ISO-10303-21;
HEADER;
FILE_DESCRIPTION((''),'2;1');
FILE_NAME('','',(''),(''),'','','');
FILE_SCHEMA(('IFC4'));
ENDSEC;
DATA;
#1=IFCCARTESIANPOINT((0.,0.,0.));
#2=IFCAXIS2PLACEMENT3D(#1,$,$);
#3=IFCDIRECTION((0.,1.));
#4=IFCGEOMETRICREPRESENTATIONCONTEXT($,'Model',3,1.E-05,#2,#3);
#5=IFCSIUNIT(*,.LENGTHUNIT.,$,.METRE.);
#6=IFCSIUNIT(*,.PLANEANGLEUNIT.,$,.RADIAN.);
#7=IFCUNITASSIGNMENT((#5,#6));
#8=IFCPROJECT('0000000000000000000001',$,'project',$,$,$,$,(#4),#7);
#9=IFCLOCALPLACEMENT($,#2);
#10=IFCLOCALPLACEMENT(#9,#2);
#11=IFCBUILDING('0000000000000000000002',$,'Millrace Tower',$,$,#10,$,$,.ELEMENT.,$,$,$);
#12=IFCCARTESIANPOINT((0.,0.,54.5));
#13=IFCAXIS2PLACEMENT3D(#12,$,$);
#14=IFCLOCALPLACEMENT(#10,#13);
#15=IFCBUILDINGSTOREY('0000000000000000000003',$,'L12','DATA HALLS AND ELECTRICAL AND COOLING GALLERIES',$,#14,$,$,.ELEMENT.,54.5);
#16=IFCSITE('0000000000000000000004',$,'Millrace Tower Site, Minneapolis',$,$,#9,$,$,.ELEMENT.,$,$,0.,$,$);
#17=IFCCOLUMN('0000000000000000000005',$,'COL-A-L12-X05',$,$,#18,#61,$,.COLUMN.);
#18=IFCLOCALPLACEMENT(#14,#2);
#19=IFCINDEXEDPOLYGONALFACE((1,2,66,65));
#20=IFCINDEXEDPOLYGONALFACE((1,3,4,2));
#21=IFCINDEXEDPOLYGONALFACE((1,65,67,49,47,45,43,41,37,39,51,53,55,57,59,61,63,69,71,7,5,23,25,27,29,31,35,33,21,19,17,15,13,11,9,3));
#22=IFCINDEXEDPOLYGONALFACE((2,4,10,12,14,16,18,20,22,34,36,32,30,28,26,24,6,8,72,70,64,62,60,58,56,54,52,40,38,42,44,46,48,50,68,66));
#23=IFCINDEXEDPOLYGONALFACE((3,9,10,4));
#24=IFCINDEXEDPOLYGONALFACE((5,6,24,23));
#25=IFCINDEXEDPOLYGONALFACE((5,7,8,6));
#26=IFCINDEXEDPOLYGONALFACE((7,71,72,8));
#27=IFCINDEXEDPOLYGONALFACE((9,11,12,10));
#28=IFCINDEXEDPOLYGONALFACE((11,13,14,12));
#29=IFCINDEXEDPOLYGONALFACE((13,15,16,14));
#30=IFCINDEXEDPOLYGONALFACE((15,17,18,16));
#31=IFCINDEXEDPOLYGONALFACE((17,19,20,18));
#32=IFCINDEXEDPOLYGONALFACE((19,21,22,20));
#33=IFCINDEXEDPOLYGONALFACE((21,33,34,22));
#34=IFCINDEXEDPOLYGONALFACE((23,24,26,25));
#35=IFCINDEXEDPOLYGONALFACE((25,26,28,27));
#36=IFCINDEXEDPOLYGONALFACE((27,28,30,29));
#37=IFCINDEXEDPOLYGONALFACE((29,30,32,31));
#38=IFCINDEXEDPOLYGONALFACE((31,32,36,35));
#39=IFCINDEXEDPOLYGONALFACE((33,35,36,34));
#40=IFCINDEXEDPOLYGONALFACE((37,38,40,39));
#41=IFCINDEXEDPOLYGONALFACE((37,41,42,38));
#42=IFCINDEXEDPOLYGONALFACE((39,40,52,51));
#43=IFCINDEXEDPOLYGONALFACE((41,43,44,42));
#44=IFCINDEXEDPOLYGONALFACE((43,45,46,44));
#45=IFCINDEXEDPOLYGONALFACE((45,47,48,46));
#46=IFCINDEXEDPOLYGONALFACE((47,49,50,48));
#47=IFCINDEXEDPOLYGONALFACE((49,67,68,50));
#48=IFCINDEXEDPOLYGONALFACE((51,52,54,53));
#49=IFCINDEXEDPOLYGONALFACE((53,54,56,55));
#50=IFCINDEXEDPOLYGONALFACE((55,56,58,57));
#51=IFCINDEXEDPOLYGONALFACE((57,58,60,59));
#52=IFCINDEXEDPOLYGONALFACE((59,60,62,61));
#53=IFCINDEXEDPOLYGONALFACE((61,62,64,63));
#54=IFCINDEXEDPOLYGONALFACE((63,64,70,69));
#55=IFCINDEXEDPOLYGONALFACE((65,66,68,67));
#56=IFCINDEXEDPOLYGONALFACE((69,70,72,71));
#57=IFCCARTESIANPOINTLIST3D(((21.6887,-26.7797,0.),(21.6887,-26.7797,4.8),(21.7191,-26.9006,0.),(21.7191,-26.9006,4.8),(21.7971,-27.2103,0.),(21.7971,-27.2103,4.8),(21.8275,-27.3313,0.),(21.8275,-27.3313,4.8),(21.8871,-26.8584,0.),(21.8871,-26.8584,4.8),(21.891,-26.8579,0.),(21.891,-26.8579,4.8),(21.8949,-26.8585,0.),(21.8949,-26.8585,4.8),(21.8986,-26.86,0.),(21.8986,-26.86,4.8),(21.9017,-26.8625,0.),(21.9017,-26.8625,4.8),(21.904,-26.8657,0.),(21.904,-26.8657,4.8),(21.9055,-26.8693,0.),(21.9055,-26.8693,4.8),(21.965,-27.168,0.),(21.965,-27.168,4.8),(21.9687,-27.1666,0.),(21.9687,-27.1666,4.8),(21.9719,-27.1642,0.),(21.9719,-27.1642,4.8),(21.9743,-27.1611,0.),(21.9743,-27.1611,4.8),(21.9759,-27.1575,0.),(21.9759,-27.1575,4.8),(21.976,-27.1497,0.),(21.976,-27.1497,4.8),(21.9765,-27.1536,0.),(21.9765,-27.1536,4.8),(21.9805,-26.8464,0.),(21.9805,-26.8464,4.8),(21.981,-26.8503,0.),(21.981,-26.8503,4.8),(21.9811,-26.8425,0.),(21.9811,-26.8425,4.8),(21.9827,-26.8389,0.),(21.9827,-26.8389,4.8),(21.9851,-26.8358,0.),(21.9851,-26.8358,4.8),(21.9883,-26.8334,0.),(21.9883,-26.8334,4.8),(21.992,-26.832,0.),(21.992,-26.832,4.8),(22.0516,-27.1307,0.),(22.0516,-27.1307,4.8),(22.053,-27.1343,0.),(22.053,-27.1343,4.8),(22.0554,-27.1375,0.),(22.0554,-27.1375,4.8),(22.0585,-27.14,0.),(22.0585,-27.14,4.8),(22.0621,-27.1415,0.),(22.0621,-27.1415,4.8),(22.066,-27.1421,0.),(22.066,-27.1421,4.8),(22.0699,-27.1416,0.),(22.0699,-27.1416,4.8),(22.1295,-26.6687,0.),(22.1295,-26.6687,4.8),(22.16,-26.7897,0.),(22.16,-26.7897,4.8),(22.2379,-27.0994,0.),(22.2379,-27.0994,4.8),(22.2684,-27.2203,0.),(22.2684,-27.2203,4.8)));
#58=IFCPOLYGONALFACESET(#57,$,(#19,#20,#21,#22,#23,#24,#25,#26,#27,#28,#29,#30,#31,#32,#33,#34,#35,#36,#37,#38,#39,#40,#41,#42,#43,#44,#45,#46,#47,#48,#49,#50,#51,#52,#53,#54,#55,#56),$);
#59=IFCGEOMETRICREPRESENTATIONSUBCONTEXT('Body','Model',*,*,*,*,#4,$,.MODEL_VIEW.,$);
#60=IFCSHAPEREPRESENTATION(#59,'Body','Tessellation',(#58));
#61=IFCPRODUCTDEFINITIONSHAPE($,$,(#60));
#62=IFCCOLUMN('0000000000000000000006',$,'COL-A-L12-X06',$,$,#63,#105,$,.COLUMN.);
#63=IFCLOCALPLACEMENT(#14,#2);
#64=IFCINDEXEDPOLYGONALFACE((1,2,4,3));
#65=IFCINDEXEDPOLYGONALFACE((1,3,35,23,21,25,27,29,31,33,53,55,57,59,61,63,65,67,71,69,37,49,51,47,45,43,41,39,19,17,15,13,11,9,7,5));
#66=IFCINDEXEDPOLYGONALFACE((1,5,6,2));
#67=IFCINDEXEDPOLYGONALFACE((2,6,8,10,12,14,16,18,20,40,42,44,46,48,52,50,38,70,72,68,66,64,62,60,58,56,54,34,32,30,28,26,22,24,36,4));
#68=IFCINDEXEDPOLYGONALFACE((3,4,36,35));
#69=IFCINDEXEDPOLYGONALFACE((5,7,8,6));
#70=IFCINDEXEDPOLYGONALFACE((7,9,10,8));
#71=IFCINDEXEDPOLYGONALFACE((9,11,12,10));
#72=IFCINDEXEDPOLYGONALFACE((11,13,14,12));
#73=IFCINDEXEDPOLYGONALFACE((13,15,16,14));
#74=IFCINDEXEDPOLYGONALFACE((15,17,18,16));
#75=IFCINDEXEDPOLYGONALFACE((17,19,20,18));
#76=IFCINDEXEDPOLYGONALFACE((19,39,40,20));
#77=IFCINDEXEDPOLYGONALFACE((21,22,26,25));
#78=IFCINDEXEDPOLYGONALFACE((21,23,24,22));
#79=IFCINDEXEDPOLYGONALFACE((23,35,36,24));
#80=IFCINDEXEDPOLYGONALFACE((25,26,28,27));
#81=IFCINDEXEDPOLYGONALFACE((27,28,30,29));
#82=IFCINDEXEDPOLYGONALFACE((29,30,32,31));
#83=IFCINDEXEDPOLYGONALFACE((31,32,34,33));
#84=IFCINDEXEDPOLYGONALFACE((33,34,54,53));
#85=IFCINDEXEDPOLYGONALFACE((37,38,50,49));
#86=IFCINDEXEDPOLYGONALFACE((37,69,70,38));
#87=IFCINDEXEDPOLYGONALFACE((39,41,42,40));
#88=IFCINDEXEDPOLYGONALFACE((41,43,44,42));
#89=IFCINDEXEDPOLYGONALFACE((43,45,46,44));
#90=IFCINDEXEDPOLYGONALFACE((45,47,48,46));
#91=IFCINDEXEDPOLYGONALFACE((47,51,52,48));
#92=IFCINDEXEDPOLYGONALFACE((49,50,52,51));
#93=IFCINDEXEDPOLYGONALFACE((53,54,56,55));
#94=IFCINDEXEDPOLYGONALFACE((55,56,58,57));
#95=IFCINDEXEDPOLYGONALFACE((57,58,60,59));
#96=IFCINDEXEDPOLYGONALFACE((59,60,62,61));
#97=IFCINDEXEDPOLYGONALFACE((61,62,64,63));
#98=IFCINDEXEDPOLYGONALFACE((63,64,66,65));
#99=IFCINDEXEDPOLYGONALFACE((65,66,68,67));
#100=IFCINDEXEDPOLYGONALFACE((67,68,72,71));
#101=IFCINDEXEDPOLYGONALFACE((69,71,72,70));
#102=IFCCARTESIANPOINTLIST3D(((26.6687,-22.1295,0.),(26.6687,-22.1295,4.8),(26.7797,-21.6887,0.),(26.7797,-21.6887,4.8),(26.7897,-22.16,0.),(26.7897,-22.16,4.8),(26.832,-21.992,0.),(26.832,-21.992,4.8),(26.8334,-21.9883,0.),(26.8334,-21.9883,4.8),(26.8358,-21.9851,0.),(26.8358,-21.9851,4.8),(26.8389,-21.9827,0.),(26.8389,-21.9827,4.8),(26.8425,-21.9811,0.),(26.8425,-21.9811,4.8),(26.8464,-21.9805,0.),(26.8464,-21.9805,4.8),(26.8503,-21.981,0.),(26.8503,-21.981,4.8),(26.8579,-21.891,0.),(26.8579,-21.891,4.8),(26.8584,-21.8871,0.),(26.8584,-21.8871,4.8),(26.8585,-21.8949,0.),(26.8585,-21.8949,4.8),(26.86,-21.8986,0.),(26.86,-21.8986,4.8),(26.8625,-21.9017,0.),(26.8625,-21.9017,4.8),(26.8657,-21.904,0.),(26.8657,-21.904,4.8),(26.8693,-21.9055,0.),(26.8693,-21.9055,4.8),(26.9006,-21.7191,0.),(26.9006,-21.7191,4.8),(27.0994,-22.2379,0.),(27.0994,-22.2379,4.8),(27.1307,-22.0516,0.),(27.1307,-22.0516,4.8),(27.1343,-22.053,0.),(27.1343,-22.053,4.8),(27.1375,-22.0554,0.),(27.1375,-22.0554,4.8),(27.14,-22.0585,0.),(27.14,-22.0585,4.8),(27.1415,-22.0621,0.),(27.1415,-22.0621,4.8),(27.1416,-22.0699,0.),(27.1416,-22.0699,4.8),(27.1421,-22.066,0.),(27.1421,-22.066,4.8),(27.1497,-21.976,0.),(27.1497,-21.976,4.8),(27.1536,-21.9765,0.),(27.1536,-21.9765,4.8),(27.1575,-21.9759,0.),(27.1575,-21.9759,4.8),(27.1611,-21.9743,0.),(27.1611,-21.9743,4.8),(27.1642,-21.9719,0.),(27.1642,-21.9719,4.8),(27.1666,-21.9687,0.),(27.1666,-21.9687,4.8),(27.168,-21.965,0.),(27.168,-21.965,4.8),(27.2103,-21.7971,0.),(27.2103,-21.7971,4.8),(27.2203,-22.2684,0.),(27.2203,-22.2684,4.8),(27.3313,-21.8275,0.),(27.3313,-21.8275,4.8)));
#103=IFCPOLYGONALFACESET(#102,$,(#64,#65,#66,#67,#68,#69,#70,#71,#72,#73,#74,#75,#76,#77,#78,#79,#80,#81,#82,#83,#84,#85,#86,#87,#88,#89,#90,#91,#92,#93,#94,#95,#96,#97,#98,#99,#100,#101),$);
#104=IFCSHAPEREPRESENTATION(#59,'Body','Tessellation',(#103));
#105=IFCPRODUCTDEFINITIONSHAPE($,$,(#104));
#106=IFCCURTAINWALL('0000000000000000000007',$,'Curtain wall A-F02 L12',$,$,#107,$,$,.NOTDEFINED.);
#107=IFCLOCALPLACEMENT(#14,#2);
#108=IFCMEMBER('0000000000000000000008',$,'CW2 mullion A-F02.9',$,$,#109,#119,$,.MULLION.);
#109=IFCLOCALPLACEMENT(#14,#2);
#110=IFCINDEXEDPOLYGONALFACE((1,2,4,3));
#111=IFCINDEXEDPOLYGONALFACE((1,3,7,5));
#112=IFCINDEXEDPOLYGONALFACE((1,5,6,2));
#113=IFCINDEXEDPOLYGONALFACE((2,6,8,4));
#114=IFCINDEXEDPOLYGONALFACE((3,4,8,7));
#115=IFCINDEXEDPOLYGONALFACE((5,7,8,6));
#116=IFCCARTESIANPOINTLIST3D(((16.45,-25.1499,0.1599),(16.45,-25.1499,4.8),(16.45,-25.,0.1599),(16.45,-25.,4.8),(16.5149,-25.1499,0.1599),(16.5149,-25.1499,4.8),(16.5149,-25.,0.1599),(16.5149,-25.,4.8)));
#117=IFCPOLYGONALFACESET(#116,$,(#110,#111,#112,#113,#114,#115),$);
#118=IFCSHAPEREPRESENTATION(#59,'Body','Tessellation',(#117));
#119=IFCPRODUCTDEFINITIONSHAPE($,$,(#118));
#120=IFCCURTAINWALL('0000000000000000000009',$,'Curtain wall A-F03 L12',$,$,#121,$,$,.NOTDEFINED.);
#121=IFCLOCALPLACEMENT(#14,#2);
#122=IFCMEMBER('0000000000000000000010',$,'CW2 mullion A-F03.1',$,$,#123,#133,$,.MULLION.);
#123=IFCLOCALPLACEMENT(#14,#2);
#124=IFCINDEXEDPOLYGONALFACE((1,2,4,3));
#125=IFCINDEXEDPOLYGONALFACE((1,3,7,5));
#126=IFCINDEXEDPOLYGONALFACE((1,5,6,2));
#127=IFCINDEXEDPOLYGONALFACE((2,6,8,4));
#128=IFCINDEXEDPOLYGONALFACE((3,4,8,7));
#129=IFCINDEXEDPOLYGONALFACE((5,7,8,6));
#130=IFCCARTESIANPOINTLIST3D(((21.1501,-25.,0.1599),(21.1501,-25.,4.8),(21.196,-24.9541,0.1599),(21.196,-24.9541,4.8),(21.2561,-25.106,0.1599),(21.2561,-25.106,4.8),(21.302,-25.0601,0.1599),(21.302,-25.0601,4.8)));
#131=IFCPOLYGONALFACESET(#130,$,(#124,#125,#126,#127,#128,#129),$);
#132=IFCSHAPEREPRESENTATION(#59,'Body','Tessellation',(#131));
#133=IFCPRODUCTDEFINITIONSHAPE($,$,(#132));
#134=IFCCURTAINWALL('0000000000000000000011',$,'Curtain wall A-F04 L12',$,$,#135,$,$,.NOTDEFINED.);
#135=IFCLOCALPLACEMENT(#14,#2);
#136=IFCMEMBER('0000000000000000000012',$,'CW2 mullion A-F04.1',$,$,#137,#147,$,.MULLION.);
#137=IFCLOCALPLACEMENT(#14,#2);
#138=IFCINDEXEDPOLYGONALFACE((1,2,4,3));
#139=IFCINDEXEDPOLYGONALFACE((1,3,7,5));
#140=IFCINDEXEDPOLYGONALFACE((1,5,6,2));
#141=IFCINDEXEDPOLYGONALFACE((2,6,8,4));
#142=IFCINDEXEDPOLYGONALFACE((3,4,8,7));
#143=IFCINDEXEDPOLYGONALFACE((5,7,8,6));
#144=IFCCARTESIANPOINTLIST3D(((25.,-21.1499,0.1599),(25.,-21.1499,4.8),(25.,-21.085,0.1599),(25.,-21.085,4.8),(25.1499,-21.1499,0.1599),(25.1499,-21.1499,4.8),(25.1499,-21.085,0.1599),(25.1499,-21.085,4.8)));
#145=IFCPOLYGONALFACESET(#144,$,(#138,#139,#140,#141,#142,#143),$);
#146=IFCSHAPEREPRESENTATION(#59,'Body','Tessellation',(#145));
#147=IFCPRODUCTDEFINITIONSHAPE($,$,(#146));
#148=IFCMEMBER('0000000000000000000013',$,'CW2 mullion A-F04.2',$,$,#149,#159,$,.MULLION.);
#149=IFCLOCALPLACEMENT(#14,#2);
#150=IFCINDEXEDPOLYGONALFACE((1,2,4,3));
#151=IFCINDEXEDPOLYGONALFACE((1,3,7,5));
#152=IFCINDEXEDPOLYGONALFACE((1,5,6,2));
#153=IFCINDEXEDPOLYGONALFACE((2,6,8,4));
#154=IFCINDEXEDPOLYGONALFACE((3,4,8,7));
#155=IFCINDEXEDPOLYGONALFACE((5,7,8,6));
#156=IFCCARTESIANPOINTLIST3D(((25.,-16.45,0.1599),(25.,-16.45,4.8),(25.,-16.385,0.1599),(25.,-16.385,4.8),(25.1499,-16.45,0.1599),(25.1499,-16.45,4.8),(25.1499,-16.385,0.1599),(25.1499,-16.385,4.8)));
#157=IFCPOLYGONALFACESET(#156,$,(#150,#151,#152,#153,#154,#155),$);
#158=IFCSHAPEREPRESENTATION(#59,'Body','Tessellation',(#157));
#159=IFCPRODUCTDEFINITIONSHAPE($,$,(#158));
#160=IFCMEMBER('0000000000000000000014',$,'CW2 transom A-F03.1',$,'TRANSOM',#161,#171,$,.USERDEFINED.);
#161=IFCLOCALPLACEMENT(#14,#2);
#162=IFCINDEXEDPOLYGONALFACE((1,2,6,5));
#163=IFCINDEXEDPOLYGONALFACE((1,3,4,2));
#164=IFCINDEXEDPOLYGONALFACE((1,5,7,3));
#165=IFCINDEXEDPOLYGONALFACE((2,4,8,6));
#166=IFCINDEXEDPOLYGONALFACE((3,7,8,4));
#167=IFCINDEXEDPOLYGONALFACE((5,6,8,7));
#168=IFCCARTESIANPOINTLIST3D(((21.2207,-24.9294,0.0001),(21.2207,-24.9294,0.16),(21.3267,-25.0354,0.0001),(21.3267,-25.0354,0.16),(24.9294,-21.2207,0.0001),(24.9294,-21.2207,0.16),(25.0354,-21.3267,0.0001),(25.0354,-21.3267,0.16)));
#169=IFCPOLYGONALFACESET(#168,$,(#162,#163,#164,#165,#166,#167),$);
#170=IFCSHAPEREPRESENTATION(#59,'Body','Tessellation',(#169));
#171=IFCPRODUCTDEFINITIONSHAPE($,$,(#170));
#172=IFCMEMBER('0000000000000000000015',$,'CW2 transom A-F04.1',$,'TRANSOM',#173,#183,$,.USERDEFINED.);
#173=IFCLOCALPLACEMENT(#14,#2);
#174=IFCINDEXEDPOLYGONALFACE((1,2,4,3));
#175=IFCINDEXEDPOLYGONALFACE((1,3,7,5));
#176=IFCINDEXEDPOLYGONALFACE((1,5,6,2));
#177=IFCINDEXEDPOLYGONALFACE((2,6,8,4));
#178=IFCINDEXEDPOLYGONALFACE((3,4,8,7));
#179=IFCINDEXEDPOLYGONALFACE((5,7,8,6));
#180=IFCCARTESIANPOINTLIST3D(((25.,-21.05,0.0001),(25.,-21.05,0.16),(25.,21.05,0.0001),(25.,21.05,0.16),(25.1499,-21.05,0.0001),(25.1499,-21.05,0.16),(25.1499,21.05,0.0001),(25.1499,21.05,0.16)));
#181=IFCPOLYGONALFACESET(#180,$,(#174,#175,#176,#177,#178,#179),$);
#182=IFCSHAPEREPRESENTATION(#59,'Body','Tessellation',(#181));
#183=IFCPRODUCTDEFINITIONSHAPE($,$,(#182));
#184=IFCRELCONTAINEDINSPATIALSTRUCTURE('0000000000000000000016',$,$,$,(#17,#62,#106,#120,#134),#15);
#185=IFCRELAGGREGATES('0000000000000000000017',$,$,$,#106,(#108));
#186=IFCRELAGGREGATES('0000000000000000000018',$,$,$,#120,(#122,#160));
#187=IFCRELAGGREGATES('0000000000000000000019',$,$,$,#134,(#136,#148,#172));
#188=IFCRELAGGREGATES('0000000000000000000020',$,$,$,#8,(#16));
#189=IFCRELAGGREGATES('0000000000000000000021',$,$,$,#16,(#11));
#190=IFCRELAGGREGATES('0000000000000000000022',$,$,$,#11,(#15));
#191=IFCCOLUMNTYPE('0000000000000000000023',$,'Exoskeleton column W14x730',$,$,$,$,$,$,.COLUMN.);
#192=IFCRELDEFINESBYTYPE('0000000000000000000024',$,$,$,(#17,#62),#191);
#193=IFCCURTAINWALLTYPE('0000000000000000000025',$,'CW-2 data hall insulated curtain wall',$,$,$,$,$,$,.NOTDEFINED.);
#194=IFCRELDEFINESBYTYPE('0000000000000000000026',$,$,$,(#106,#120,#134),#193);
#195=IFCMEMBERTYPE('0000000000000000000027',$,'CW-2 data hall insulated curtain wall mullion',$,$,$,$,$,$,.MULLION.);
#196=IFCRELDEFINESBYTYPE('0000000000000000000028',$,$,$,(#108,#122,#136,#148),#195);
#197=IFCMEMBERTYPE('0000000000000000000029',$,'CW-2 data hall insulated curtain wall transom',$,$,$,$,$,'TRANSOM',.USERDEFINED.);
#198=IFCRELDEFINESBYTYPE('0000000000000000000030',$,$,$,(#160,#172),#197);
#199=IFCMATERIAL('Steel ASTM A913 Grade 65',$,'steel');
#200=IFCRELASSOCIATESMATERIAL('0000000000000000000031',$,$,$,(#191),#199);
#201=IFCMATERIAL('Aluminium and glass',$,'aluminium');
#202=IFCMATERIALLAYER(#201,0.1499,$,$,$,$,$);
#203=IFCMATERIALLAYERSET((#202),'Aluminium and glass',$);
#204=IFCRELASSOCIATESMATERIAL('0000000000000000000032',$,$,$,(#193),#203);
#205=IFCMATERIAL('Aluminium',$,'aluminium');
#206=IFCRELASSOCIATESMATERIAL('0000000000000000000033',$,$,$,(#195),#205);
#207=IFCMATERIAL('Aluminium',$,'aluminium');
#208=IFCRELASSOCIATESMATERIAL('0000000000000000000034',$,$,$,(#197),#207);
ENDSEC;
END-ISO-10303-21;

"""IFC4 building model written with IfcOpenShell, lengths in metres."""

from ifc_helpers import new_model, si_unit, direction, frame, origin, origin_2d, place, context, subcontext, project, spatial, rectangle, i_section, extrude, material, layer, layer_set, material_profile, profile_set, type_object, element, aggregate, save


model = new_model("IFC4")

# Units and contexts
model_context = context("Model", 3, precision=1e-05, world=origin(), true_north=direction((0.0, 1.0)))
body_context = subcontext(model_context, "Body", "Model", "MODEL_VIEW")
ifc_project = project(units=[si_unit("LENGTHUNIT", "METRE"), si_unit("PLANEANGLEUNIT", "RADIAN")], contexts=[model_context])

# Site, building, storey
site_placement = place(None, origin())
site = spatial("IfcSite", under=ifc_project, at=site_placement, Name="Millrace Tower Site, Minneapolis", CompositionType="ELEMENT", RefElevation=0.0)
building_placement = place(site_placement, origin())
building = spatial("IfcBuilding", under=site, at=building_placement, Name="Millrace Tower", CompositionType="ELEMENT")
storey_placement = place(building_placement, frame((0.0, 0.0, 54.5)))
storey = spatial("IfcBuildingStorey", under=building, at=storey_placement, Name="L12", Description="DATA HALLS AND ELECTRICAL AND COOLING GALLERIES", CompositionType="ELEMENT", Elevation=54.5)

# Columns
ifc_material_1 = material(Name="Steel ASTM A913 Grade 65", Category="steel")
ifc_material_profile_1 = material_profile(ifc_material_1, i_section(OverallWidth=0.4546, OverallDepth=0.5688, WebThickness=0.0779, FlangeThickness=0.1248, FilletRadius=0.0151, at=origin_2d()))
ifc_profile_set_1 = profile_set([ifc_material_profile_1], Name="Steel ASTM A913 Grade 65")
column_type = type_object("IfcColumnType", Name="Exoskeleton column W14x730", PredefinedType="COLUMN", material=ifc_profile_set_1)
for number, where, z_axis, x_axis, name in (
    (1, (21.9785, -27.0, 0.0), (0.0, 0.0, 1.0), (0.969752, 0.244094, 0.0), "COL-A-L12-X05"),
    (2, (27.0, -21.9785, 0.0), (0.0, 0.0, 1.0), (0.244094, 0.969752, 0.0), "COL-A-L12-X06"),
):
    element("IfcColumn", number, at=place(storey_placement, frame(where, z_axis=z_axis, x_axis=x_axis)), inside=storey, type_object=column_type, Name=name, PredefinedType="COLUMN", context=body_context, shape_type="SweptSolid", body=[
        extrude(i_section(OverallWidth=0.4546, OverallDepth=0.5688, WebThickness=0.0779, FlangeThickness=0.1248, FilletRadius=0.0151, at=origin_2d()), origin(), (0.0, 0.0, 1.0), 4.8),
    ])

# Curtain walls, members
ifc_material_2 = material(Name="Aluminium and glass", Category="aluminium")
ifc_layer_1 = layer(ifc_material_2, 0.1499)
ifc_layer_set_1 = layer_set([ifc_layer_1], Name="Aluminium and glass")
curtain_wall_type = type_object("IfcCurtainWallType", Name="CW-2 data hall insulated curtain wall", PredefinedType="NOTDEFINED", material=ifc_layer_set_1)
placement = place(storey_placement, origin())
curtain_wall_1 = element("IfcCurtainWall", 3, at=placement, inside=storey, type_object=curtain_wall_type, Name="Curtain wall A-F02 L12", PredefinedType="NOTDEFINED")
ifc_material_3 = material(Name="Aluminium", Category="aluminium")
ifc_material_profile_2 = material_profile(ifc_material_3, rectangle(XDim=0.0649, YDim=0.1499, at=origin_2d()))
ifc_profile_set_2 = profile_set([ifc_material_profile_2], Name="Aluminium")
member_type_1 = type_object("IfcMemberType", Name="CW-2 data hall insulated curtain wall mullion", PredefinedType="MULLION", material=ifc_profile_set_2)
member_1_placement = place(storey_placement, frame((16.4824, -25.075, 0.1599), z_axis=(0.0, 0.0, 1.0), x_axis=(1.0, 0.0, 0.0)))
member_1 = element("IfcMember", 4, at=member_1_placement, type_object=member_type_1, Name="CW2 mullion A-F02.9", PredefinedType="MULLION", context=body_context, shape_type="SweptSolid", body=[
    extrude(rectangle(XDim=0.0649, YDim=0.1499, at=origin_2d()), origin(), (0.0, 0.0, 1.0), 4.6401),
])
aggregate(curtain_wall_1, [member_1])
curtain_wall_2 = element("IfcCurtainWall", 5, at=placement, inside=storey, type_object=curtain_wall_type, Name="Curtain wall A-F03 L12", PredefinedType="NOTDEFINED")
member_2_placement = place(storey_placement, frame((21.2261, -25.03, 0.1599), z_axis=(0.0, 0.0, 1.0), x_axis=(0.707107, 0.707107, 0.0)))
member_2 = element("IfcMember", 6, at=member_2_placement, type_object=member_type_1, Name="CW2 mullion A-F03.1", PredefinedType="MULLION", context=body_context, shape_type="SweptSolid", body=[
    extrude(rectangle(XDim=0.0649, YDim=0.1499, at=origin_2d()), origin(), (0.0, 0.0, 1.0), 4.6401),
])

# Curtain wall, members
curtain_wall_3 = element("IfcCurtainWall", 7, at=placement, inside=storey, type_object=curtain_wall_type, Name="Curtain wall A-F04 L12", PredefinedType="NOTDEFINED")
member_3_placement = place(storey_placement, frame((25.075, -21.1174, 0.1599), z_axis=(0.0, 0.0, 1.0), x_axis=(0.0, 1.0, 0.0)))
member_3 = element("IfcMember", 8, at=member_3_placement, type_object=member_type_1, Name="CW2 mullion A-F04.1", PredefinedType="MULLION", context=body_context, shape_type="SweptSolid", body=[
    extrude(rectangle(XDim=0.0649, YDim=0.1499, at=origin_2d()), origin(), (0.0, 0.0, 1.0), 4.6401),
])
member_4_placement = place(storey_placement, frame((25.075, -16.4175, 0.1599), z_axis=(0.0, 0.0, 1.0), x_axis=(0.0, 1.0, 0.0)))
member_4 = element("IfcMember", 9, at=member_4_placement, type_object=member_type_1, Name="CW2 mullion A-F04.2", PredefinedType="MULLION", context=body_context, shape_type="SweptSolid", body=[
    extrude(rectangle(XDim=0.0649, YDim=0.1499, at=origin_2d()), origin(), (0.0, 0.0, 1.0), 4.6401),
])

# Members
ifc_material_4 = material(Name="Aluminium", Category="aluminium")
ifc_material_profile_3 = material_profile(ifc_material_4, rectangle(XDim=0.1499, YDim=0.1599, at=origin_2d()))
ifc_profile_set_3 = profile_set([ifc_material_profile_3], Name="Aluminium")
member_type_2 = type_object("IfcMemberType", Name="CW-2 data hall insulated curtain wall transom", ElementType="TRANSOM", PredefinedType="USERDEFINED", material=ifc_profile_set_3)
member_5_placement = place(storey_placement, frame((21.2737, -24.9824, 0.0801), z_axis=(0.707107, 0.707107, 0.0), x_axis=(-0.707107, 0.707107, 0.0)))
member_5 = element("IfcMember", 10, at=member_5_placement, type_object=member_type_2, Name="CW2 transom A-F03.1", ObjectType="TRANSOM", PredefinedType="USERDEFINED", context=body_context, shape_type="SweptSolid", body=[
    extrude(rectangle(XDim=0.1499, YDim=0.1599, at=origin_2d()), origin(), (0.0, 0.0, 1.0), 5.2449),
])
aggregate(curtain_wall_2, [member_2, member_5])
member_6_placement = place(storey_placement, frame((25.075, -21.05, 0.0801), z_axis=(0.0, 1.0, 0.0), x_axis=(-1.0, 0.0, 0.0)))
member_6 = element("IfcMember", 11, at=member_6_placement, type_object=member_type_2, Name="CW2 transom A-F04.1", ObjectType="TRANSOM", PredefinedType="USERDEFINED", context=body_context, shape_type="SweptSolid", body=[
    extrude(rectangle(XDim=0.1499, YDim=0.1599, at=origin_2d()), origin(), (0.0, 0.0, 1.0), 42.1001),
])
aggregate(curtain_wall_3, [member_3, member_4, member_6])

save(model, "model.ifc")
